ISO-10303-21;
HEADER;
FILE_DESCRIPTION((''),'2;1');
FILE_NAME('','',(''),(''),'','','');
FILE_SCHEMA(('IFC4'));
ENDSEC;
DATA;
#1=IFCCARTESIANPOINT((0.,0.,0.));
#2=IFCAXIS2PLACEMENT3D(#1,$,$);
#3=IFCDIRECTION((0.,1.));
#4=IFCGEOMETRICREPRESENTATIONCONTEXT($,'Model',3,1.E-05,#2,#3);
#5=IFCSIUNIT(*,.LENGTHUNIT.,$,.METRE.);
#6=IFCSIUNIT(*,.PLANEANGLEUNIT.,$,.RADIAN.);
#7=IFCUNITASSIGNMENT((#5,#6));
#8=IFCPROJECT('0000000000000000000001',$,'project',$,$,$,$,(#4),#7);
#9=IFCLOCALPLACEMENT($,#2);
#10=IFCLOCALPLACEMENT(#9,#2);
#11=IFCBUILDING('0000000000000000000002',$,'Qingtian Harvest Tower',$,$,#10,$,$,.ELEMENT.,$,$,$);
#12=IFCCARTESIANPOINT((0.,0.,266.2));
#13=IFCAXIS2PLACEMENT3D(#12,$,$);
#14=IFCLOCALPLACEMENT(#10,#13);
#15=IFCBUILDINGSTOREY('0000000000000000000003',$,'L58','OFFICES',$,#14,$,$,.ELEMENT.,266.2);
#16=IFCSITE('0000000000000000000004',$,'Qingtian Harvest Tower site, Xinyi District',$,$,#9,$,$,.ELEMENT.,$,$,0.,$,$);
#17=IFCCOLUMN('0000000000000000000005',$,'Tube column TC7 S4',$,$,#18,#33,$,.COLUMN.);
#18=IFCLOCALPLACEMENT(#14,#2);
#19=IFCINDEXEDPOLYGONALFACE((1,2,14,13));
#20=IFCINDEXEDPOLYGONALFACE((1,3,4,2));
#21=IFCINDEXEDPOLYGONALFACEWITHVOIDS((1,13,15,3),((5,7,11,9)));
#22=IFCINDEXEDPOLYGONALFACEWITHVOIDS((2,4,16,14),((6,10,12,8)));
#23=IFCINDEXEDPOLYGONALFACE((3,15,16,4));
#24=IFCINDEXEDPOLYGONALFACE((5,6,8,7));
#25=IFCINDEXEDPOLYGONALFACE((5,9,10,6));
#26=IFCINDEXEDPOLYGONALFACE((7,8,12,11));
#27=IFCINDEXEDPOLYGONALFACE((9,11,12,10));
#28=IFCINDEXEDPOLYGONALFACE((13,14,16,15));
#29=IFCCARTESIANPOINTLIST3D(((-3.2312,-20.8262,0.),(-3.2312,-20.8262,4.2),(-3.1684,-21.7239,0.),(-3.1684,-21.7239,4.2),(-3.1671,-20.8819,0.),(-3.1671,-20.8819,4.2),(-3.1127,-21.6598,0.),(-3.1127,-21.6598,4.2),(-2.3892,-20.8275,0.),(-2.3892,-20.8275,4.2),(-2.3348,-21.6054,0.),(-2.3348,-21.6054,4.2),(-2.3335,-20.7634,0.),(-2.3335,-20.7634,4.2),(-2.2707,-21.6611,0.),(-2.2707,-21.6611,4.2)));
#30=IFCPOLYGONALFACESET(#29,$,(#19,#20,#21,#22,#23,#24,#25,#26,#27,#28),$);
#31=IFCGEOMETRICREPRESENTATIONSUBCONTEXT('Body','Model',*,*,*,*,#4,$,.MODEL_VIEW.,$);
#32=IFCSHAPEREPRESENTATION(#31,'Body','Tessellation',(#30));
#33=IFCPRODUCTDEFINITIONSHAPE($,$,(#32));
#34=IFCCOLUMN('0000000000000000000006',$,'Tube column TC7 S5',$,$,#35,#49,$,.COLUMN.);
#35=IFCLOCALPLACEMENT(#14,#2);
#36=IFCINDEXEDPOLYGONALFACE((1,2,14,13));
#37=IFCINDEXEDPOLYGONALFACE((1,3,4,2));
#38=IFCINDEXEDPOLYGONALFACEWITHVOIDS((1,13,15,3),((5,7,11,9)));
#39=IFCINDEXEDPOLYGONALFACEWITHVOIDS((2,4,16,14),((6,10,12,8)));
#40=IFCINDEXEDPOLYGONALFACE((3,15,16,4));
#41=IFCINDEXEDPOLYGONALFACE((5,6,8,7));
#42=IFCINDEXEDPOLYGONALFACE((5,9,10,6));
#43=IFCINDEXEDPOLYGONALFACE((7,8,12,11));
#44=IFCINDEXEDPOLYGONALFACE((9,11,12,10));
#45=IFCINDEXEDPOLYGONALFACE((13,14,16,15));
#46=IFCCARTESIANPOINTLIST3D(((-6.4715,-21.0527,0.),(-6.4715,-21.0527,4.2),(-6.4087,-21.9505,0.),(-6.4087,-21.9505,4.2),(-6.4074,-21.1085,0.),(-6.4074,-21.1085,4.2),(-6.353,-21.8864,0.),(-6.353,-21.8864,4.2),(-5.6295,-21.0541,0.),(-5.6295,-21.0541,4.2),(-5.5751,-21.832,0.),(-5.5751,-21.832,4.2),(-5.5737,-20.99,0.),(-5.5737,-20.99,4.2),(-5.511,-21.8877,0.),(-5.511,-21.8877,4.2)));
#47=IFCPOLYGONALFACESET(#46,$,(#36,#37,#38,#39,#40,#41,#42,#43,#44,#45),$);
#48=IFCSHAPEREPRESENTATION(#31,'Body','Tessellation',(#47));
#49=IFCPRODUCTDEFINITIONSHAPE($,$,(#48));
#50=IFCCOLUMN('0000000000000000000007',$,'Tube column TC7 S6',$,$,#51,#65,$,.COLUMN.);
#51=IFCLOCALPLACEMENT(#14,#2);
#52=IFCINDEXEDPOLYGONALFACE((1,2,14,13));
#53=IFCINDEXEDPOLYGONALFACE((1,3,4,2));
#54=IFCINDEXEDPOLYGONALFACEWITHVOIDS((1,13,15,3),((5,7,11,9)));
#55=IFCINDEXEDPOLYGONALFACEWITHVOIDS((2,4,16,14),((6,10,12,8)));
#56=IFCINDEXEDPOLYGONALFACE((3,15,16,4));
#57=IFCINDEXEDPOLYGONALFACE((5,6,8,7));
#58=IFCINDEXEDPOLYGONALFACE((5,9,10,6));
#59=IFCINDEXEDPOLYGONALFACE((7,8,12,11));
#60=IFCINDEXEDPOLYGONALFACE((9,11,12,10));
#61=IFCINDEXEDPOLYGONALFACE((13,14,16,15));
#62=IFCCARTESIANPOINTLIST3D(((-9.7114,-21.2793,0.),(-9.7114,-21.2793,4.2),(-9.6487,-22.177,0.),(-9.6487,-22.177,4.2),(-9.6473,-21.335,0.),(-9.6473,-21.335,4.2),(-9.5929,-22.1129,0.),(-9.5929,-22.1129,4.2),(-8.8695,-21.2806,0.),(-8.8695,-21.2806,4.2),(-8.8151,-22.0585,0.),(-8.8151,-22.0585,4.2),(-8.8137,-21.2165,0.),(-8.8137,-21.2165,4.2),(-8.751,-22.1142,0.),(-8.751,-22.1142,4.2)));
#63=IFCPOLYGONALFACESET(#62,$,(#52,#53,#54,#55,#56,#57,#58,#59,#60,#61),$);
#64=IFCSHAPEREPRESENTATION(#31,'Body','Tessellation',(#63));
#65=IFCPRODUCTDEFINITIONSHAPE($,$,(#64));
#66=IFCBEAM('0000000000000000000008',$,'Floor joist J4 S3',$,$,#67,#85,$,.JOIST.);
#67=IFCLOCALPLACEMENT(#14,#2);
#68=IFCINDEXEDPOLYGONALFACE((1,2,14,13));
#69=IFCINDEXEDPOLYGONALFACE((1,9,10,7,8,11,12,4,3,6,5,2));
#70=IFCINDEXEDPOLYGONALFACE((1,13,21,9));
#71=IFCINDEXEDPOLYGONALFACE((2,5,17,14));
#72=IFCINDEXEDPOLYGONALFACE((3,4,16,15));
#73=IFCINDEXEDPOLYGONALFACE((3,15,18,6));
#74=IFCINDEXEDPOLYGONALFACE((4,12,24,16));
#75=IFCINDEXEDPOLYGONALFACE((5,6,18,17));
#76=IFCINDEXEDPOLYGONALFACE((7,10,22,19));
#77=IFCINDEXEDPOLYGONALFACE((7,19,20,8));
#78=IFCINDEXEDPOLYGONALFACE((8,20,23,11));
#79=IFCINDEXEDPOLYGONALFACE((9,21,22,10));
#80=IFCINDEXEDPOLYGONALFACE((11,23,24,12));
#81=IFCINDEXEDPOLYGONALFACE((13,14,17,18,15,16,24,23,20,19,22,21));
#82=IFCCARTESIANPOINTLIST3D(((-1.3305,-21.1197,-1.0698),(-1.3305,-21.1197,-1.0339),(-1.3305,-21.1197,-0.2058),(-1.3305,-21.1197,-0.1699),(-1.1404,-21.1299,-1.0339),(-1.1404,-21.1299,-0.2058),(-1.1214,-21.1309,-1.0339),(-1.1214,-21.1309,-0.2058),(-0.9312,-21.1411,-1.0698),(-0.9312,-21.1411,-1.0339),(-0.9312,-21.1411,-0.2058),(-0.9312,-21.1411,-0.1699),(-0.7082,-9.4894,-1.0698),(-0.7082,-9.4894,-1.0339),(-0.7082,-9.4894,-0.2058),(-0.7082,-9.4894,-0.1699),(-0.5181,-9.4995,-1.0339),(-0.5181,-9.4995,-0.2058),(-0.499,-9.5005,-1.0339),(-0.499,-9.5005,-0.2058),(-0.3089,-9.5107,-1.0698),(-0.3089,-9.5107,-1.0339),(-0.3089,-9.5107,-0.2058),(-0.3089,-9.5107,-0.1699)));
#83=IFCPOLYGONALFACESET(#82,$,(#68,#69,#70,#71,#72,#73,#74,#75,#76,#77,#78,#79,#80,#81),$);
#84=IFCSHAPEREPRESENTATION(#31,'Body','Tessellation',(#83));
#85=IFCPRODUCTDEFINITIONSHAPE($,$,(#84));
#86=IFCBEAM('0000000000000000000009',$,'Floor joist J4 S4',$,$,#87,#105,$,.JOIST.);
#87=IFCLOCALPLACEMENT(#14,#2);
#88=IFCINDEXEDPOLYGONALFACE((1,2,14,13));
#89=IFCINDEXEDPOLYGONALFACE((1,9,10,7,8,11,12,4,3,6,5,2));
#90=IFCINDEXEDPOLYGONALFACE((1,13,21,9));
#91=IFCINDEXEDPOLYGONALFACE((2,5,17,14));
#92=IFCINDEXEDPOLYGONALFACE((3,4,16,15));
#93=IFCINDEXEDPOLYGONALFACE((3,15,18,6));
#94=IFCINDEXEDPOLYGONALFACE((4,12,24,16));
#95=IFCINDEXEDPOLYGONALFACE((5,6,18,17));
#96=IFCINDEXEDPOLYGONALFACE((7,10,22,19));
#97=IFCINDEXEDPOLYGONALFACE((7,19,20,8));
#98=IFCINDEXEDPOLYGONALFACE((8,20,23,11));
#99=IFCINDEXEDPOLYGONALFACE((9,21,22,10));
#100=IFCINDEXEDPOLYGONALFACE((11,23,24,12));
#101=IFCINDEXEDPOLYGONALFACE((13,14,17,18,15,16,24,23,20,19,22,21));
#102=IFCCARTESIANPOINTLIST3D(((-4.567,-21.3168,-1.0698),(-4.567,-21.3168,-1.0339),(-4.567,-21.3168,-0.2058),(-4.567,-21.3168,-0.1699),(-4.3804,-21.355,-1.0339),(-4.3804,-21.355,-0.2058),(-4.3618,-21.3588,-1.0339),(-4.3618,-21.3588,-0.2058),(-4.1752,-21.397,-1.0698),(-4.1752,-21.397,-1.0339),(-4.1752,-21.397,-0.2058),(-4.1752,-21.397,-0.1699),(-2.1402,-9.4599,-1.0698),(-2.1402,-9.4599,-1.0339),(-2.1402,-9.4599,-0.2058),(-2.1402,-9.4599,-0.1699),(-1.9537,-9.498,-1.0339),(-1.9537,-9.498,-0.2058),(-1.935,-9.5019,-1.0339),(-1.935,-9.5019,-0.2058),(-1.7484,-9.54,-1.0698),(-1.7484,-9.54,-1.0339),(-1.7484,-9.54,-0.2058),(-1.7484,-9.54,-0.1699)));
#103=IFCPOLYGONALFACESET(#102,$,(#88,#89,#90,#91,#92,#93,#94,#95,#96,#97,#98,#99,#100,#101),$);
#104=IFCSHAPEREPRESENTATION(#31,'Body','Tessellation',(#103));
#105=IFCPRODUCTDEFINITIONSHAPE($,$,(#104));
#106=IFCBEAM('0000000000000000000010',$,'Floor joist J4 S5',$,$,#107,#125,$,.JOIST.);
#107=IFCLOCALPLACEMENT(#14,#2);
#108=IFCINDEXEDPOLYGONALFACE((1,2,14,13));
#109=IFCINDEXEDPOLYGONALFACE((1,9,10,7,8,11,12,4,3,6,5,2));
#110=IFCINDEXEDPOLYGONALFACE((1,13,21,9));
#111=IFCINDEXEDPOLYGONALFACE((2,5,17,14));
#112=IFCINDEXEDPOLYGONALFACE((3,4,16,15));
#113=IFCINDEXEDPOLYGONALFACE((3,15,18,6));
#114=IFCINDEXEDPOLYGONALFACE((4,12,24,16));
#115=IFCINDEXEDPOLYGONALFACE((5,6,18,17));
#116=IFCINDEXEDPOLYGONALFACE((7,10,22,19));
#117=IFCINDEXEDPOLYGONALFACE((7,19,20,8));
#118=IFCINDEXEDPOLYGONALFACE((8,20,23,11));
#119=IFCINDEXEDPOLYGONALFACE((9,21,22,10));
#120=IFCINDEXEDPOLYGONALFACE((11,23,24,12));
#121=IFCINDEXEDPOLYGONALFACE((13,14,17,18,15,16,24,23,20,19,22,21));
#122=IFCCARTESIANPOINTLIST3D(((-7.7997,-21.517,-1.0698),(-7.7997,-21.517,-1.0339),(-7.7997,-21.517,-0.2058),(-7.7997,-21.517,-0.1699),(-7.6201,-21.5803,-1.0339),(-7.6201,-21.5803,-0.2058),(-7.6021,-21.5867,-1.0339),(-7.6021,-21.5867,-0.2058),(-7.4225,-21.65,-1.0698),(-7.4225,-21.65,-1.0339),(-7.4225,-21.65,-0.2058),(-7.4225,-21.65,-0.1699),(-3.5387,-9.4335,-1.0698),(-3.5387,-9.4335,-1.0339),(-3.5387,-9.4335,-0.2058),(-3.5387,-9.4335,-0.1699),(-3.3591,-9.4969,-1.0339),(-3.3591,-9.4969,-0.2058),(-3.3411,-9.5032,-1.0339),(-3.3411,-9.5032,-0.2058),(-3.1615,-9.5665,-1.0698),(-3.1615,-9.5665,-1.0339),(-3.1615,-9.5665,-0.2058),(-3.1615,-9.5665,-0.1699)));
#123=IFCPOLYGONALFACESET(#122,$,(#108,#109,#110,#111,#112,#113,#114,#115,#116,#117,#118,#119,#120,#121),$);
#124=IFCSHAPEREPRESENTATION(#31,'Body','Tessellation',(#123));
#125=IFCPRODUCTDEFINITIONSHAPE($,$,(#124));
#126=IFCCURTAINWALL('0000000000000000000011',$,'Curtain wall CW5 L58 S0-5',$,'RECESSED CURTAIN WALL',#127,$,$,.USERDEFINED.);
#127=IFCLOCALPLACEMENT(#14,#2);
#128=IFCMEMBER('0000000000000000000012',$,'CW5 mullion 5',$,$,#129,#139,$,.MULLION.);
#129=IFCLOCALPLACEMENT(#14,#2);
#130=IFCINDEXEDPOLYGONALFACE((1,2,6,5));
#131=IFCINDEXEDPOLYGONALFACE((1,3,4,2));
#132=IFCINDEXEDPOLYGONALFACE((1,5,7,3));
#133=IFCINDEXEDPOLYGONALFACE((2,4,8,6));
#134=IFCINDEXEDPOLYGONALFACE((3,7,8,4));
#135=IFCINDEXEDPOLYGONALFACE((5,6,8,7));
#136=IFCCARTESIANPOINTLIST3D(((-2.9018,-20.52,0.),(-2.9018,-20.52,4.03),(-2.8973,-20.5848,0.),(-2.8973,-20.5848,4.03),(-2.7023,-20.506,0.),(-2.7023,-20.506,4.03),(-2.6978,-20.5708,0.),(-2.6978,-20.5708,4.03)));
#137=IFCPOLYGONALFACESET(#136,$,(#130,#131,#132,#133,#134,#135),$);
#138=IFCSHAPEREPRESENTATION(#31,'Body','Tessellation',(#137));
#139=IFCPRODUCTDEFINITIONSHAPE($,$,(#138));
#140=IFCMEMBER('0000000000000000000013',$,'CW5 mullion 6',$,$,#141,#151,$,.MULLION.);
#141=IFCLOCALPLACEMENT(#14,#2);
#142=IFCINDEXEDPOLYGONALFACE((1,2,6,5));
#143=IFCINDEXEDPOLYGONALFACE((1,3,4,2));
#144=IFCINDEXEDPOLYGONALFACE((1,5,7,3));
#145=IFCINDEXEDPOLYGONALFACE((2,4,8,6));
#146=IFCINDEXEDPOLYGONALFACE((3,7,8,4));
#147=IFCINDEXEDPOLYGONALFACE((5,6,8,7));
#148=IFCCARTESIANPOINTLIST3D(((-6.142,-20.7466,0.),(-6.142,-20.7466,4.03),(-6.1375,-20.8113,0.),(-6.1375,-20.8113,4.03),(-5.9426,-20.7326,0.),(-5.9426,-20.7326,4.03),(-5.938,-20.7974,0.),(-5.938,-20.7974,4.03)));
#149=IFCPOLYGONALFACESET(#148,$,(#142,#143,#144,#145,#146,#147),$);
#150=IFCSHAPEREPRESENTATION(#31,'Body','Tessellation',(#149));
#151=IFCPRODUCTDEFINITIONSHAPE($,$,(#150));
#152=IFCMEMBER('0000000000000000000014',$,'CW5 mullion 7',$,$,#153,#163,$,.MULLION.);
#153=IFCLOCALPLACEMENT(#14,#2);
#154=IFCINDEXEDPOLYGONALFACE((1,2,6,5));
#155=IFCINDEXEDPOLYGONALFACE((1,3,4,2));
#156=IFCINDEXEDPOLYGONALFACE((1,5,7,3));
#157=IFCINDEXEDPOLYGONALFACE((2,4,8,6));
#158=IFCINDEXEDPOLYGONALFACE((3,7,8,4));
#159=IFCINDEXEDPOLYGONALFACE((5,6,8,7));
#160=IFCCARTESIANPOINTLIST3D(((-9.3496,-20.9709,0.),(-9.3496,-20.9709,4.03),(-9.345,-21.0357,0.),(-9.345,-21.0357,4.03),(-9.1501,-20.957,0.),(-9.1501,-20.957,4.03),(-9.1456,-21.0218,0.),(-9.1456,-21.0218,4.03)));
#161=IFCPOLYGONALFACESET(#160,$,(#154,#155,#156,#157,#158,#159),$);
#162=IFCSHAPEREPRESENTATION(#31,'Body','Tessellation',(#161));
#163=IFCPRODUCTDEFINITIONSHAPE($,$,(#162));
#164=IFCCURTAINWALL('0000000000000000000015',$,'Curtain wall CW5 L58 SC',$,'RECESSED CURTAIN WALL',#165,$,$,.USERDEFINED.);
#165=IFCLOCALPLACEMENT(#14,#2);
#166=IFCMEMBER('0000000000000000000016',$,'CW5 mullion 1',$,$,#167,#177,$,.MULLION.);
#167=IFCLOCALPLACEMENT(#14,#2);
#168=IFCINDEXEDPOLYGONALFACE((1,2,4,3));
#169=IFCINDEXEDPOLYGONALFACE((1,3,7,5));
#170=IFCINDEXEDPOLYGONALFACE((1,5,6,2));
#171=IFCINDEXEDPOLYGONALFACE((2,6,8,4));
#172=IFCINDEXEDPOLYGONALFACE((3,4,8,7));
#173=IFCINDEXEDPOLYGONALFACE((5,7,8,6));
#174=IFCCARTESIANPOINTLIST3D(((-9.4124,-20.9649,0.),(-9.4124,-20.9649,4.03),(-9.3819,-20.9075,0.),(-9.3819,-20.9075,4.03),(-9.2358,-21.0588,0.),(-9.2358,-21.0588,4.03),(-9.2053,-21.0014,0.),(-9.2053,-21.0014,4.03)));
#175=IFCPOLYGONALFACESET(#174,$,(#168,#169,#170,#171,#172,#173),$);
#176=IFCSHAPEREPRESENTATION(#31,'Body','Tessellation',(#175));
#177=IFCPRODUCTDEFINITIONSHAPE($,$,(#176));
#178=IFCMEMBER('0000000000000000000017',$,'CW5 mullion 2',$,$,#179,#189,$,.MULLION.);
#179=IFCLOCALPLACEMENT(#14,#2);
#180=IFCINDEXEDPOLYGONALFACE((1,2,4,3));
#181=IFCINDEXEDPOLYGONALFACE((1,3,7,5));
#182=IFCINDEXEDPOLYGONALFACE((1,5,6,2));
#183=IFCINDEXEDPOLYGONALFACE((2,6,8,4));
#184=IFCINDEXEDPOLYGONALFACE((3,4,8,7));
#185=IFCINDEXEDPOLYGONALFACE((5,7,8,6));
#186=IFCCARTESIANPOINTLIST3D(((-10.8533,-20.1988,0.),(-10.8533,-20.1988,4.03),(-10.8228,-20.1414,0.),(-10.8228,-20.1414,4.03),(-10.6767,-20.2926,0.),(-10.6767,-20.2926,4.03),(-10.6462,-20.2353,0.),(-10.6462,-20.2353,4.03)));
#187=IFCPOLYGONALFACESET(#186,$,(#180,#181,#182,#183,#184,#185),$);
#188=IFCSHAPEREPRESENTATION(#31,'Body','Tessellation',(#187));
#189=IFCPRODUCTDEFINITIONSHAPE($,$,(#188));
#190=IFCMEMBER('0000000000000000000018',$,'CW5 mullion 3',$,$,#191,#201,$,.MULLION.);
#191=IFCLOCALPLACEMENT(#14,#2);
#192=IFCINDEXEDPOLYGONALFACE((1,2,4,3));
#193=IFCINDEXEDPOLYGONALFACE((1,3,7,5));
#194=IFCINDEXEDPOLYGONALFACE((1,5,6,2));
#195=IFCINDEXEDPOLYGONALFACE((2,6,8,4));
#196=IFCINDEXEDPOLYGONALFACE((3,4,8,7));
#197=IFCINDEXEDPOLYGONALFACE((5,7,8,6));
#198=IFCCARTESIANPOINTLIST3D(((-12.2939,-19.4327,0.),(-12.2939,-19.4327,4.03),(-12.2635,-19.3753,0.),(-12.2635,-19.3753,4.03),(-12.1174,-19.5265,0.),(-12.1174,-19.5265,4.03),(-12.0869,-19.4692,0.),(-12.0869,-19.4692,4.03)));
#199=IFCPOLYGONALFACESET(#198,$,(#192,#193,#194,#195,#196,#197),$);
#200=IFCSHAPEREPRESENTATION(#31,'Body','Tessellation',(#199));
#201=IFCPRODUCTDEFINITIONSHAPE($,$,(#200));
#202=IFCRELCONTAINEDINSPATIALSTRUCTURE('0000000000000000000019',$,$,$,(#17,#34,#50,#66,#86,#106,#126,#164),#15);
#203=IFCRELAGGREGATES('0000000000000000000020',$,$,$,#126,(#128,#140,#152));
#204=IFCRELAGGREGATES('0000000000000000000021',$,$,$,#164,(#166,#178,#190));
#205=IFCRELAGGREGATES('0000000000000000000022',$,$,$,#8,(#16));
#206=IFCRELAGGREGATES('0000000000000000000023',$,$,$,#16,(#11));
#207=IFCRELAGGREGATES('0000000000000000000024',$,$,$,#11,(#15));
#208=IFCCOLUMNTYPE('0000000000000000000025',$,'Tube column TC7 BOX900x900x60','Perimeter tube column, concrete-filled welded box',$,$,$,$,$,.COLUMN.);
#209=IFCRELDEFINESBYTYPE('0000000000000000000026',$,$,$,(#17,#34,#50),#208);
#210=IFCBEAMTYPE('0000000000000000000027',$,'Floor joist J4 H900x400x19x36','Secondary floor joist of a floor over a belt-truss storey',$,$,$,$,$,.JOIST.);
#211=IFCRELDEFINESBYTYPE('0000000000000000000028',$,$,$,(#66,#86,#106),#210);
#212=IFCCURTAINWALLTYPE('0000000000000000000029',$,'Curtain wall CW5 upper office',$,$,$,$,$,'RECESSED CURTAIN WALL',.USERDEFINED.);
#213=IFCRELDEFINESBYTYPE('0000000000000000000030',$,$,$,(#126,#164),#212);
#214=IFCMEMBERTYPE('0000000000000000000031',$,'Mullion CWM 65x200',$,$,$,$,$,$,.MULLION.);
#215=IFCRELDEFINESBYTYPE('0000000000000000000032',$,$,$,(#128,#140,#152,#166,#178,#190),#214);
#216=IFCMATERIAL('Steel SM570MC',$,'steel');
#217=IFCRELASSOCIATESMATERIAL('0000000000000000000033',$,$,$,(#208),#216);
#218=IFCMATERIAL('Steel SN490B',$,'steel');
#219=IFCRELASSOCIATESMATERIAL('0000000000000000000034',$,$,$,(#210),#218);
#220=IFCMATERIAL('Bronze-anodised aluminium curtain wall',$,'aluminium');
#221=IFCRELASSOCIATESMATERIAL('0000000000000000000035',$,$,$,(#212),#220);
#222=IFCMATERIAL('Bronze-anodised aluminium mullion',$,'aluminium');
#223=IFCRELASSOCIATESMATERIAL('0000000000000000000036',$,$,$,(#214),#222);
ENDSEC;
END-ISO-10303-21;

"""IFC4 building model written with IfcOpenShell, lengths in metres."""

from ifc_helpers import new_model, si_unit, direction, frame, origin, origin_2d, place, context, subcontext, project, spatial, rectangle, hollow_rectangle, i_section, extrude, material, material_profile, profile_set, type_object, element, aggregate, save


model = new_model("IFC4")

# Units and contexts
model_context = context("Model", 3, precision=1e-05, world=origin(), true_north=direction((0.0, 1.0)))
body_context = subcontext(model_context, "Body", "Model", "MODEL_VIEW")
ifc_project = project(units=[si_unit("LENGTHUNIT", "METRE"), si_unit("PLANEANGLEUNIT", "RADIAN")], contexts=[model_context])

# Site, building, storey
site_placement = place(None, origin())
site = spatial("IfcSite", under=ifc_project, at=site_placement, Name="Qingtian Harvest Tower site, Xinyi District", CompositionType="ELEMENT", RefElevation=0.0)
building_placement = place(site_placement, origin())
building = spatial("IfcBuilding", under=site, at=building_placement, Name="Qingtian Harvest Tower", CompositionType="ELEMENT")
storey_placement = place(building_placement, frame((0.0, 0.0, 266.2)))
storey = spatial("IfcBuildingStorey", under=building, at=storey_placement, Name="L58", Description="OFFICES", CompositionType="ELEMENT", Elevation=266.2)

# Columns
ifc_material_1 = material(Name="Steel SM570MC", Category="steel")
ifc_material_profile_1 = material_profile(ifc_material_1, hollow_rectangle(XDim=0.8999, YDim=0.8999, WallThickness=0.0601, at=origin_2d()), Name="BOX900x900x60")
ifc_profile_set_1 = profile_set([ifc_material_profile_1], Name="Steel SM570MC")
column_type = type_object("IfcColumnType", Name="Tube column TC7 BOX900x900x60", Description="Perimeter tube column, concrete-filled welded box", PredefinedType="COLUMN", material=ifc_profile_set_1)
for number, where, z_axis, x_axis, name in (
    (1, (-2.751, -21.2437, 0.0), (0.0, 0.0, 1.0), (0.997564, 0.069756, 0.0), "Tube column TC7 S4"),
    (2, (-5.9912, -21.4702, 0.0), (0.0, 0.0, 1.0), (0.997564, 0.069756, 0.0), "Tube column TC7 S5"),
    (3, (-9.2312, -21.6968, 0.0), (0.0, 0.0, 1.0), (0.997564, 0.069756, 0.0), "Tube column TC7 S6"),
):
    element("IfcColumn", number, at=place(storey_placement, frame(where, z_axis=z_axis, x_axis=x_axis)), inside=storey, type_object=column_type, Name=name, PredefinedType="COLUMN", context=body_context, shape_type="SweptSolid", body=[
        extrude(hollow_rectangle(XDim=0.8999, YDim=0.8999, WallThickness=0.0601, at=origin_2d()), origin(), (0.0, 0.0, 1.0), 4.2),
    ])

# Beams
ifc_material_2 = material(Name="Steel SN490B", Category="steel")
ifc_material_profile_2 = material_profile(ifc_material_2, i_section(OverallWidth=0.3999, OverallDepth=0.8999, WebThickness=0.019, FlangeThickness=0.0359, at=origin_2d()), Name="H900x400x19x36")
ifc_profile_set_2 = profile_set([ifc_material_profile_2], Name="Steel SN490B")
beam_type_1 = type_object("IfcBeamType", Name="Floor joist J4 H900x400x19x36", Description="Secondary floor joist of a floor over a belt-truss storey", PredefinedType="JOIST", material=ifc_profile_set_2)
beam_1_placement = place(storey_placement, frame((-1.1309, -21.1304, -0.6199), z_axis=(0.053431, 0.998572, 0.0), x_axis=(-0.998572, 0.053431, 0.0)))
element("IfcBeam", 4, at=beam_1_placement, inside=storey, type_object=beam_type_1, Name="Floor joist J4 S3", PredefinedType="JOIST", context=body_context, shape_type="SweptSolid", body=[
    extrude(i_section(OverallWidth=0.3999, OverallDepth=0.8999, WebThickness=0.019, FlangeThickness=0.0359, at=origin_2d()), origin(), (0.0, 0.0, 1.0), 11.647),
])
beam_2_placement = place(storey_placement, frame((-4.3711, -21.3569, -0.6199), z_axis=(0.200513, 0.979691, 0.0), x_axis=(-0.979691, 0.200513, 0.0)))
element("IfcBeam", 5, at=beam_2_placement, inside=storey, type_object=beam_type_1, Name="Floor joist J4 S4", PredefinedType="JOIST", context=body_context, shape_type="SweptSolid", body=[
    extrude(i_section(OverallWidth=0.3999, OverallDepth=0.8999, WebThickness=0.019, FlangeThickness=0.0359, at=origin_2d()), origin(), (0.0, 0.0, 1.0), 12.1028),
])
beam_3_placement = place(storey_placement, frame((-7.6111, -21.5835, -0.6199), z_axis=(0.332558, 0.943083, 0.0), x_axis=(-0.943083, 0.332558, 0.0)))
element("IfcBeam", 6, at=beam_3_placement, inside=storey, type_object=beam_type_1, Name="Floor joist J4 S5", PredefinedType="JOIST", context=body_context, shape_type="SweptSolid", body=[
    extrude(i_section(OverallWidth=0.3999, OverallDepth=0.8999, WebThickness=0.019, FlangeThickness=0.0359, at=origin_2d()), origin(), (0.0, 0.0, 1.0), 12.8127),
])

# Curtain walls, members
ifc_material_3 = material(Name="Bronze-anodised aluminium curtain wall", Category="aluminium")
curtain_wall_type = type_object("IfcCurtainWallType", Name="Curtain wall CW5 upper office", ElementType="RECESSED CURTAIN WALL", PredefinedType="USERDEFINED", material=ifc_material_3)
curtain_wall_1_placement = place(storey_placement, origin())
curtain_wall_1 = element("IfcCurtainWall", 7, at=curtain_wall_1_placement, inside=storey, type_object=curtain_wall_type, Name="Curtain wall CW5 L58 S0-5", ObjectType="RECESSED CURTAIN WALL", PredefinedType="USERDEFINED")
ifc_material_4 = material(Name="Bronze-anodised aluminium mullion", Category="aluminium")
ifc_material_profile_3 = material_profile(ifc_material_4, rectangle(XDim=0.0649, YDim=0.2, at=origin_2d()), Name="AL 65x200")
ifc_profile_set_3 = profile_set([ifc_material_profile_3], Name="Bronze-anodised aluminium mullion")
member_type_1 = type_object("IfcMemberType", Name="Mullion CWM 65x200", PredefinedType="MULLION", material=ifc_profile_set_3)
member_1_placement = place(storey_placement, frame((-2.7998, -20.5454, 0.0), z_axis=(0.0, 0.0, 1.0), x_axis=(0.069756, -0.997564, 0.0)))
member_1 = element("IfcMember", 8, at=member_1_placement, type_object=member_type_1, Name="CW5 mullion 5", PredefinedType="MULLION", context=body_context, shape_type="SweptSolid", body=[
    extrude(rectangle(XDim=0.0649, YDim=0.2, at=origin_2d()), origin(), (0.0, 0.0, 1.0), 4.03),
])
member_2_placement = place(storey_placement, frame((-6.04, -20.772, 0.0), z_axis=(0.0, 0.0, 1.0), x_axis=(0.069756, -0.997564, 0.0)))
member_2 = element("IfcMember", 9, at=member_2_placement, type_object=member_type_1, Name="CW5 mullion 6", PredefinedType="MULLION", context=body_context, shape_type="SweptSolid", body=[
    extrude(rectangle(XDim=0.0649, YDim=0.2, at=origin_2d()), origin(), (0.0, 0.0, 1.0), 4.03),
])
member_3_placement = place(storey_placement, frame((-9.2476, -20.9963, 0.0), z_axis=(0.0, 0.0, 1.0), x_axis=(0.069756, -0.997564, 0.0)))
member_3 = element("IfcMember", 10, at=member_3_placement, type_object=member_type_1, Name="CW5 mullion 7", PredefinedType="MULLION", context=body_context, shape_type="SweptSolid", body=[
    extrude(rectangle(XDim=0.0649, YDim=0.2, at=origin_2d()), origin(), (0.0, 0.0, 1.0), 4.03),
])
curtain_wall_2_placement = place(storey_placement, origin())
curtain_wall_2 = element("IfcCurtainWall", 11, at=curtain_wall_2_placement, inside=storey, type_object=curtain_wall_type, Name="Curtain wall CW5 L58 SC", ObjectType="RECESSED CURTAIN WALL", PredefinedType="USERDEFINED")
member_4_placement = place(storey_placement, frame((-9.3088, -20.9832, 0.0), z_axis=(0.0, 0.0, 1.0), x_axis=(-0.469472, -0.882948, 0.0)))
member_4 = element("IfcMember", 12, at=member_4_placement, type_object=member_type_1, Name="CW5 mullion 1", PredefinedType="MULLION", context=body_context, shape_type="SweptSolid", body=[
    extrude(rectangle(XDim=0.0649, YDim=0.2, at=origin_2d()), origin(), (0.0, 0.0, 1.0), 4.03),
])
member_5_placement = place(storey_placement, frame((-10.7498, -20.217, 0.0), z_axis=(0.0, 0.0, 1.0), x_axis=(-0.469472, -0.882948, 0.0)))
member_5 = element("IfcMember", 13, at=member_5_placement, type_object=member_type_1, Name="CW5 mullion 2", PredefinedType="MULLION", context=body_context, shape_type="SweptSolid", body=[
    extrude(rectangle(XDim=0.0649, YDim=0.2, at=origin_2d()), origin(), (0.0, 0.0, 1.0), 4.03),
])
member_6_placement = place(storey_placement, frame((-12.1904, -19.4509, 0.0), z_axis=(0.0, 0.0, 1.0), x_axis=(-0.469472, -0.882948, 0.0)))
member_6 = element("IfcMember", 14, at=member_6_placement, type_object=member_type_1, Name="CW5 mullion 3", PredefinedType="MULLION", context=body_context, shape_type="SweptSolid", body=[
    extrude(rectangle(XDim=0.0649, YDim=0.2, at=origin_2d()), origin(), (0.0, 0.0, 1.0), 4.03),
])

aggregate(curtain_wall_1, [member_1, member_2, member_3])
aggregate(curtain_wall_2, [member_4, member_5, member_6])

save(model, "model.ifc")
